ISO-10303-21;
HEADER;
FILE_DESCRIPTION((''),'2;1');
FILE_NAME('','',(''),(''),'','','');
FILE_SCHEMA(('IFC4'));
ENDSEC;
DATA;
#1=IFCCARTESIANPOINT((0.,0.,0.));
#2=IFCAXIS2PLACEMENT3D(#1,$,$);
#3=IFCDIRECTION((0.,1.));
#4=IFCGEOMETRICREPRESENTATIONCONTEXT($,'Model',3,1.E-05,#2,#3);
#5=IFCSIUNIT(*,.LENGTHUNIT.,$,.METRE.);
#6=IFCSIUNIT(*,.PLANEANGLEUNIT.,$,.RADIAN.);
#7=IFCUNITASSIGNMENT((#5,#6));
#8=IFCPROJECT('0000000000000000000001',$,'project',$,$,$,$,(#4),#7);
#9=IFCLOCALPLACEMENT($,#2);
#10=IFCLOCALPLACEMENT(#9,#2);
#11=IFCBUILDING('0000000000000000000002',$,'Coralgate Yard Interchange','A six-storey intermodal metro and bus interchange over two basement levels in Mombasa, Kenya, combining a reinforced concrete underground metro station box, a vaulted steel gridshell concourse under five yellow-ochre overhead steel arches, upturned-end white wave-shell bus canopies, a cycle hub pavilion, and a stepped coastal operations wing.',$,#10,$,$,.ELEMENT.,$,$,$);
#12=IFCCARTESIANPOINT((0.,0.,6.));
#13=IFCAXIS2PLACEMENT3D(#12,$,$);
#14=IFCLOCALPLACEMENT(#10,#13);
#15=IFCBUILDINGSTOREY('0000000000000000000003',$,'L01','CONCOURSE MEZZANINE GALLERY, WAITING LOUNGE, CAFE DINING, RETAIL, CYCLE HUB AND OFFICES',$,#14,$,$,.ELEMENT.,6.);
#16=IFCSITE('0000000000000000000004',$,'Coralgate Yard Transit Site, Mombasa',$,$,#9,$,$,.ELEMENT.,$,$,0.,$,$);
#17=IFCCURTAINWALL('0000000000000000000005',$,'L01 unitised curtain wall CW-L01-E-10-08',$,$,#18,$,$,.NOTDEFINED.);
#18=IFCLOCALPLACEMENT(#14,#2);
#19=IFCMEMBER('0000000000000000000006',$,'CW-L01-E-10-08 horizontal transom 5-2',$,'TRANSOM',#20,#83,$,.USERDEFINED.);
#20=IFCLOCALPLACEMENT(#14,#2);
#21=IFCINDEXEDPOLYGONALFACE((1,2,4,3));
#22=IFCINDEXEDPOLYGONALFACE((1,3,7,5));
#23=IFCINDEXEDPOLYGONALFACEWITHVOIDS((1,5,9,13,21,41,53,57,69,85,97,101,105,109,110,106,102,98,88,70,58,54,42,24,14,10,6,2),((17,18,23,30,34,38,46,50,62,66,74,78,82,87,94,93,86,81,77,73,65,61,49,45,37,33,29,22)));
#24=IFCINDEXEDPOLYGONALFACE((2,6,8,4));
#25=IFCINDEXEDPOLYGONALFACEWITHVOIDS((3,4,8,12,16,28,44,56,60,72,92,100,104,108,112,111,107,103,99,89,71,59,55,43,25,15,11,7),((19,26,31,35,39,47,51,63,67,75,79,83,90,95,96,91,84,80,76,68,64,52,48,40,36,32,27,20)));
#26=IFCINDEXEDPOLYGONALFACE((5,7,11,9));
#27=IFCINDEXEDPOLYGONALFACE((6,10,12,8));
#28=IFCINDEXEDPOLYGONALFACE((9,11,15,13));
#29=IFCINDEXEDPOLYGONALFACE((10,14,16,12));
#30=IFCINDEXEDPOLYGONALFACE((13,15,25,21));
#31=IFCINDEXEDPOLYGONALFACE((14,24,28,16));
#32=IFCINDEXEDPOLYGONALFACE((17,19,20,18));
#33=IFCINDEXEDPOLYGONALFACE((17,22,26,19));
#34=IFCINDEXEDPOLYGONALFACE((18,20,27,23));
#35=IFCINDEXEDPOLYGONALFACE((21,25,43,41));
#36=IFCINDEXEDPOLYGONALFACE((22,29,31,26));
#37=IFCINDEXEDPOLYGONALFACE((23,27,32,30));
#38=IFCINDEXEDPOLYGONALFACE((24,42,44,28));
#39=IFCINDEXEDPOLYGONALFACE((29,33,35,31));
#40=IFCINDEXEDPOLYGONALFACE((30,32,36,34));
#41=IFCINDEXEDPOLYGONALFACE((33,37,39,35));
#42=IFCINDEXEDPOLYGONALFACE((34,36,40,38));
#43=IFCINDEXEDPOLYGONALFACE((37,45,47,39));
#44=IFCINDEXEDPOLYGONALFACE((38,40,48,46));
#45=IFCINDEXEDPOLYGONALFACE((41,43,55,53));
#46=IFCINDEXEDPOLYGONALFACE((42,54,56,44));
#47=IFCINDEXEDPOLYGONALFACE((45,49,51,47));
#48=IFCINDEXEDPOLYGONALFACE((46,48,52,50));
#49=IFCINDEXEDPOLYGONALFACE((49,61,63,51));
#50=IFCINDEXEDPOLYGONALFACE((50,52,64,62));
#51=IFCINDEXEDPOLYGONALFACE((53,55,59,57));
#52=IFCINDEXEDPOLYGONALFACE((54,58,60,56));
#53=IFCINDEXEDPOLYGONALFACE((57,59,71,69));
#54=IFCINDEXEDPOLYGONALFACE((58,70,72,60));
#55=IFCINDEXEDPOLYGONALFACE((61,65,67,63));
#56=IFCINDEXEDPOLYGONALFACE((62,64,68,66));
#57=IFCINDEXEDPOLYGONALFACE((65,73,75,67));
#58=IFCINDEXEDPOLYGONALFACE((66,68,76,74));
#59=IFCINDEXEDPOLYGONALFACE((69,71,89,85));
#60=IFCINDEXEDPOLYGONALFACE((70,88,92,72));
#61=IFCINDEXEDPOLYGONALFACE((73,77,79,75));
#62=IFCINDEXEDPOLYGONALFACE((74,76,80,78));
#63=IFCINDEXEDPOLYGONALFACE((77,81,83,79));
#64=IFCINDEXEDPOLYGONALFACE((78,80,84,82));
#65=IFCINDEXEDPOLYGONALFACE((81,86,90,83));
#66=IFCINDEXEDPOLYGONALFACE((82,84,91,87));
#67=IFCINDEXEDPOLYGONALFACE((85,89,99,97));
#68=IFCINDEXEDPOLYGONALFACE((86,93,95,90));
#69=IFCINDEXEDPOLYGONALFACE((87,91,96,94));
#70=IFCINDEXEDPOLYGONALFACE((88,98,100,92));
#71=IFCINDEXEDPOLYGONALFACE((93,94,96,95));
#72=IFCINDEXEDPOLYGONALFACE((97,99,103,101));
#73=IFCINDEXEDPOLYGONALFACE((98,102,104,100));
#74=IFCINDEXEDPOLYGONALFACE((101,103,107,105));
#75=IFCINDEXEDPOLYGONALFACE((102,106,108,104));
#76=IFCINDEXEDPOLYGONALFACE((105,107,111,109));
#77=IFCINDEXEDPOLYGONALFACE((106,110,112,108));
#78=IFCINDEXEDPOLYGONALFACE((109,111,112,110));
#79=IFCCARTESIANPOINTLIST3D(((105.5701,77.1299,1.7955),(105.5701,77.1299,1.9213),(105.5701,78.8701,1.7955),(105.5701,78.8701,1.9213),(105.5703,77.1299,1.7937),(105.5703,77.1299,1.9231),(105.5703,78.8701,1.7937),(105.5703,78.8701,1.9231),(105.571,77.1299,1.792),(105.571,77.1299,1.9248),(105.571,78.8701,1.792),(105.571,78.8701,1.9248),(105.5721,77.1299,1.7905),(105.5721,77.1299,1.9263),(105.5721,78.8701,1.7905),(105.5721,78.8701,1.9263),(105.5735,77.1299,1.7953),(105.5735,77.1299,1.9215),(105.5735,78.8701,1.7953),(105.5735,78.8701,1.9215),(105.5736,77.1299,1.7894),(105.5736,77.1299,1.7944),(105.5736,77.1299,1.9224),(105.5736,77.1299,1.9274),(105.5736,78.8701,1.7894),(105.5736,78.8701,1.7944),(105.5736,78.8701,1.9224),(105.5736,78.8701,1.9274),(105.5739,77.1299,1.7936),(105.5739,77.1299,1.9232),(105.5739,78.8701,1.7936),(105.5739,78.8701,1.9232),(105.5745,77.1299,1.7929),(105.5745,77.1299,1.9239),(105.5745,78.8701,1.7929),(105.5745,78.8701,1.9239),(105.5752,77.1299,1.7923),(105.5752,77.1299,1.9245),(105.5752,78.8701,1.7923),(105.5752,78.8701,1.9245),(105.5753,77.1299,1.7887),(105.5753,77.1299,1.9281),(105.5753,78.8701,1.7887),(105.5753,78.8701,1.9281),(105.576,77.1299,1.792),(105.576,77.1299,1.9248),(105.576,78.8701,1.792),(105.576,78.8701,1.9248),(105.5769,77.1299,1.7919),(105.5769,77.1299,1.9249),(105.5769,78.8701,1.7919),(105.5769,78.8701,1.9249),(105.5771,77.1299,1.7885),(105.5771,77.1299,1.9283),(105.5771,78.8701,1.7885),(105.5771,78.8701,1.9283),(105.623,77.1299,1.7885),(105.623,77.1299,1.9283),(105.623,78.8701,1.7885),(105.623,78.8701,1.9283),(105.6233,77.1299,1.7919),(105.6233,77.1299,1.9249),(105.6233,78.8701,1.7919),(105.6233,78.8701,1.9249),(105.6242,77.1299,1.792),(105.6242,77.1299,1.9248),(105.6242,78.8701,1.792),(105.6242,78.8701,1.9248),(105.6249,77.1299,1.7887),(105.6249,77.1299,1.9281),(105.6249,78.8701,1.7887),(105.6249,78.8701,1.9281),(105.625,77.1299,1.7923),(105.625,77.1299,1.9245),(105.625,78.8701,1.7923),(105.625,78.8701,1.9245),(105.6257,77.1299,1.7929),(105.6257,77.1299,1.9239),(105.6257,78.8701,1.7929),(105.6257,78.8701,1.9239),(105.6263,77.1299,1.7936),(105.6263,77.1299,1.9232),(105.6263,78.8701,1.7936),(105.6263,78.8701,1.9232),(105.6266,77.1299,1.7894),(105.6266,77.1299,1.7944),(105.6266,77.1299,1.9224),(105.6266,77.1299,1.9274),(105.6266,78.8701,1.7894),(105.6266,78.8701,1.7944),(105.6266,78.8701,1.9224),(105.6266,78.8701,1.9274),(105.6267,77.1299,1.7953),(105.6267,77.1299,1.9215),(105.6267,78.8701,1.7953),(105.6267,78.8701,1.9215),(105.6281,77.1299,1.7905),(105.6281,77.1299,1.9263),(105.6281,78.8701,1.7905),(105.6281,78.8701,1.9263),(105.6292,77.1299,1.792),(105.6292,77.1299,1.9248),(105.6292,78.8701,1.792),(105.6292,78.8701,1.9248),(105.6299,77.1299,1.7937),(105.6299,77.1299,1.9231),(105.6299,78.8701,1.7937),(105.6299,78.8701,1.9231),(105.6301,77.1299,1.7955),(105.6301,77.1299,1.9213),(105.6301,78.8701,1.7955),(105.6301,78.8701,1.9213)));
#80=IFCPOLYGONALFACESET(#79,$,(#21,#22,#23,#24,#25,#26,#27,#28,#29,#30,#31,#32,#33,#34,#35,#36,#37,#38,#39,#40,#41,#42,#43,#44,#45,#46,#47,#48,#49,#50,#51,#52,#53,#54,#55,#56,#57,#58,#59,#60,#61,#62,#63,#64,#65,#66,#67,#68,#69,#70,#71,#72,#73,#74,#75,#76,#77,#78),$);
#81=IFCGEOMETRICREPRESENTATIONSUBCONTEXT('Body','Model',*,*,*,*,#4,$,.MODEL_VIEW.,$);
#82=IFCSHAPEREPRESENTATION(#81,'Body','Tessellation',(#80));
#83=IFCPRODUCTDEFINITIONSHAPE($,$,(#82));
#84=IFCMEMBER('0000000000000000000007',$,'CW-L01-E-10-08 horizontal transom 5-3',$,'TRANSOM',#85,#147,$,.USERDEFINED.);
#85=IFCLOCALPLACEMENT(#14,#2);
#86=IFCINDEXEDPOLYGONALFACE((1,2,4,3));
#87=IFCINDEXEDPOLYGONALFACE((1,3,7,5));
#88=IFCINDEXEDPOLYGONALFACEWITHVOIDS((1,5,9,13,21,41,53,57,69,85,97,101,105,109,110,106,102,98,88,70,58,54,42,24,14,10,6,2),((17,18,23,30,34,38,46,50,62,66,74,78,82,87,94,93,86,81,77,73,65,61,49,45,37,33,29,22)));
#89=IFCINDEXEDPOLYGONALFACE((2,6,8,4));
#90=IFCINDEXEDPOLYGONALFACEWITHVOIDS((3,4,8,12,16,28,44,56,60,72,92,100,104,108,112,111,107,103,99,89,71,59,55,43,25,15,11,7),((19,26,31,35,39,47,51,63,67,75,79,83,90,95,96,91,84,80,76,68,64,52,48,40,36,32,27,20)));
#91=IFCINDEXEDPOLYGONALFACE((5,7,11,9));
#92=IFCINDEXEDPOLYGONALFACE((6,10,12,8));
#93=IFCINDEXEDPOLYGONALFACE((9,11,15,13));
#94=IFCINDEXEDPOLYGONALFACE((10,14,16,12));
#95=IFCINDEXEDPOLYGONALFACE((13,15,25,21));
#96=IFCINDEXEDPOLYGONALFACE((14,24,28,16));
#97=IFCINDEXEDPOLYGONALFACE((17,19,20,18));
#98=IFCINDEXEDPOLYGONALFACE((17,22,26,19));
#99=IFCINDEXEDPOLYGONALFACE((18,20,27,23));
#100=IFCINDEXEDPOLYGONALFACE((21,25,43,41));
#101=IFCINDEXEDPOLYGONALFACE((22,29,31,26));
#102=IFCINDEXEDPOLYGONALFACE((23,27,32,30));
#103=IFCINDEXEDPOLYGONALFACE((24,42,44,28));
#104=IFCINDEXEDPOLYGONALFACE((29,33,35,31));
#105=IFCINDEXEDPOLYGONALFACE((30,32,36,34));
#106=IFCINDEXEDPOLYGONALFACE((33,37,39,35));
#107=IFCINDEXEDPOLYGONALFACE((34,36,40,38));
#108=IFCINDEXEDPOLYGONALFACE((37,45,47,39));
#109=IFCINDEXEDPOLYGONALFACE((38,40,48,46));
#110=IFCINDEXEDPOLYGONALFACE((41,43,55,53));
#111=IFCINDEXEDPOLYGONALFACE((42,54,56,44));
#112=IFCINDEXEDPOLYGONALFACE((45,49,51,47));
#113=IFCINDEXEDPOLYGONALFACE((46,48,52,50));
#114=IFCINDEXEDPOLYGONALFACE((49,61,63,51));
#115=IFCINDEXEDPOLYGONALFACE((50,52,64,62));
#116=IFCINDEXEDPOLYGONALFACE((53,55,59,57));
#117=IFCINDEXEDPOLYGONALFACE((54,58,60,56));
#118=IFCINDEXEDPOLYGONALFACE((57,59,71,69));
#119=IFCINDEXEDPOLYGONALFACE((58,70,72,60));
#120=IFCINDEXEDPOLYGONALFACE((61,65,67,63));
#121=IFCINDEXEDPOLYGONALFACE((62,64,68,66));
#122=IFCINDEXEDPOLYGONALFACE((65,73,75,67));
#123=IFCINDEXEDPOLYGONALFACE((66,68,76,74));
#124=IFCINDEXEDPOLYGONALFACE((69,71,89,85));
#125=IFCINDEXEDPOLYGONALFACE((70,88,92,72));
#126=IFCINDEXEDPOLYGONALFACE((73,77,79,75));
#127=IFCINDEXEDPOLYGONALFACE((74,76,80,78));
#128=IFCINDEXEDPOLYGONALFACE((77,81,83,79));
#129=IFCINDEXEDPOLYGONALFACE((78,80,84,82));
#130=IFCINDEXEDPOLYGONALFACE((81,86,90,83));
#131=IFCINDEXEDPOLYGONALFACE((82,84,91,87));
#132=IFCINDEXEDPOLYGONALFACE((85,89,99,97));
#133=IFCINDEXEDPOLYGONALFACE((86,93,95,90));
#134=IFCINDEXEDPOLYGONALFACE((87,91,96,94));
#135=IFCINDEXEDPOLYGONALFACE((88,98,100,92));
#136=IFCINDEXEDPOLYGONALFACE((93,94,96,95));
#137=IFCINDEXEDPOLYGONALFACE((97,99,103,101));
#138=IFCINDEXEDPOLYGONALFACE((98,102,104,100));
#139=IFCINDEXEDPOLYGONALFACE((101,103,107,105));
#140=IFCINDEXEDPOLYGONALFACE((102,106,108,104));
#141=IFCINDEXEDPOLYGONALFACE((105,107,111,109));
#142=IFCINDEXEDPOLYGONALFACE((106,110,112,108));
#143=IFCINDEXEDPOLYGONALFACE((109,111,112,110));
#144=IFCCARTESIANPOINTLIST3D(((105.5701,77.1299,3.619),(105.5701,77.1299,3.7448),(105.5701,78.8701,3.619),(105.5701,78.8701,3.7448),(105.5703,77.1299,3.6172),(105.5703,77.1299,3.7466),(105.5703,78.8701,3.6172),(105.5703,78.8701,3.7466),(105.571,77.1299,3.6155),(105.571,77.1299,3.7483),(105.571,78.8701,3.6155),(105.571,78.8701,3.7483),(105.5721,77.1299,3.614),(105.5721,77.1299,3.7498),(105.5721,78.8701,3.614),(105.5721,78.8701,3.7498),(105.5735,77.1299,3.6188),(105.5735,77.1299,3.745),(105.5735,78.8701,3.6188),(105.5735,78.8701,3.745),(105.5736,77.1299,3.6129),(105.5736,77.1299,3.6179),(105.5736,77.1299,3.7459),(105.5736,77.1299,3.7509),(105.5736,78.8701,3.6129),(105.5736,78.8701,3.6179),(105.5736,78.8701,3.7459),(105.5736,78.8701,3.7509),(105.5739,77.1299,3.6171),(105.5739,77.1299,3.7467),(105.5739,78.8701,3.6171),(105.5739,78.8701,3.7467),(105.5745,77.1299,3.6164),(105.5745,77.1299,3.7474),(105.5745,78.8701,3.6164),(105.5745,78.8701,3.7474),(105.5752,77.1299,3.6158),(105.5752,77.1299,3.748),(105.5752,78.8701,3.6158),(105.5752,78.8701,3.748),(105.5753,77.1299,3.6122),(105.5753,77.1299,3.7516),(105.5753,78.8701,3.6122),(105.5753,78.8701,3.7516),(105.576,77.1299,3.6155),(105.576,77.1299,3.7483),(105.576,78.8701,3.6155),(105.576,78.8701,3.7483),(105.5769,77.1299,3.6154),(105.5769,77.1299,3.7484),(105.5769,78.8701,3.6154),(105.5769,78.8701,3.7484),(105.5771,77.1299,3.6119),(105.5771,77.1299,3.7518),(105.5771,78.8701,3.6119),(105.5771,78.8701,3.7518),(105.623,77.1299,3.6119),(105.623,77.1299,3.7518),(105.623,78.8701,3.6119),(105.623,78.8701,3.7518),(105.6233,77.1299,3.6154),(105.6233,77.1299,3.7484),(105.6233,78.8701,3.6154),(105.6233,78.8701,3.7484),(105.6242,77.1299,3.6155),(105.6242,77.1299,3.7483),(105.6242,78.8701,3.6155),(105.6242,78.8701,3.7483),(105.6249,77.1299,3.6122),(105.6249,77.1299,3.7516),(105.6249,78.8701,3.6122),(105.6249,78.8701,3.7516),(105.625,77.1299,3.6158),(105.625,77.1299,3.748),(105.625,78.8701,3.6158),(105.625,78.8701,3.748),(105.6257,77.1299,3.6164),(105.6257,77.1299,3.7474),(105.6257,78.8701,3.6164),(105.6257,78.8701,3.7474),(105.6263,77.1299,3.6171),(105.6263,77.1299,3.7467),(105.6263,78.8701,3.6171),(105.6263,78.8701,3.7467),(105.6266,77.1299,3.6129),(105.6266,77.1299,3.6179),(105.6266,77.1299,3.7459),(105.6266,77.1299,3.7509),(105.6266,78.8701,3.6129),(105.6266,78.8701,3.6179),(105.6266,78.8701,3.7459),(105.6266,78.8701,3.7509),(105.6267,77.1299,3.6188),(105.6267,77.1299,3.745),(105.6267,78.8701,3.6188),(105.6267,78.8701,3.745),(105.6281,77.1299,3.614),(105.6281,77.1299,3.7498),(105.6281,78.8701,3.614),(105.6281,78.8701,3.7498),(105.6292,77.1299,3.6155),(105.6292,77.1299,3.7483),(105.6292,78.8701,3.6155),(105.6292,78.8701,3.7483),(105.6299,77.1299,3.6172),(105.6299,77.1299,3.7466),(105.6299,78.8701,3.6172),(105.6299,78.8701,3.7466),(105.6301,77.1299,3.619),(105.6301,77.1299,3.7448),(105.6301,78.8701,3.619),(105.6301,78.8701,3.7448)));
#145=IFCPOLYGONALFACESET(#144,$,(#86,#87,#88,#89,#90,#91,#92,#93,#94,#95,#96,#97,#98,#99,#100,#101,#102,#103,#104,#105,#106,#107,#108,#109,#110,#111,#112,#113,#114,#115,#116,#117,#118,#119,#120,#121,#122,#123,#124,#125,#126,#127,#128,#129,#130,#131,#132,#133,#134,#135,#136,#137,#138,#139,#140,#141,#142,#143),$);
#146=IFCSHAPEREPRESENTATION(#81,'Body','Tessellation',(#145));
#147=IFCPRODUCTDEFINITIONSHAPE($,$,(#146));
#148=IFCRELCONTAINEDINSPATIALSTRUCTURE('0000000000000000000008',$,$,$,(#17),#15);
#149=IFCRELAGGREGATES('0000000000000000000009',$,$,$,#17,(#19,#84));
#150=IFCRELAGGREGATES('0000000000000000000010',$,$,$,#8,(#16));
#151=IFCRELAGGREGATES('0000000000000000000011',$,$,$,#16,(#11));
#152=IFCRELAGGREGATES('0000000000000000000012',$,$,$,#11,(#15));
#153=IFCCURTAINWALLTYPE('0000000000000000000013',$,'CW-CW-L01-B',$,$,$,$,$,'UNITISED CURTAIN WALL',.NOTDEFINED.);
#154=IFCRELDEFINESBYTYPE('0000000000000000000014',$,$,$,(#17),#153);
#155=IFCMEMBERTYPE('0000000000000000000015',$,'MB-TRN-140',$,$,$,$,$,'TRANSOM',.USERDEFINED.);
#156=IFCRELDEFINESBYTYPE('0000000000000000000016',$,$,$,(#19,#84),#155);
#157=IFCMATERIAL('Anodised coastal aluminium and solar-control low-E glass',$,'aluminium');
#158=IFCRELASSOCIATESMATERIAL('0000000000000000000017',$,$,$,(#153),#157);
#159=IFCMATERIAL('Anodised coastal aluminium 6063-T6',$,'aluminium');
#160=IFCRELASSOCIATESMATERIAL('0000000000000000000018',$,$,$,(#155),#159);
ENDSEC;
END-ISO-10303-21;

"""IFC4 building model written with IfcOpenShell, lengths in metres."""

from ifc_helpers import new_model, si_unit, direction, frame, origin, origin_2d, place, context, subcontext, project, spatial, hollow_rectangle, extrude, material, material_profile, profile_set, type_object, element, aggregate, save


model = new_model("IFC4")

# Units and contexts
model_context = context("Model", 3, precision=1e-05, world=origin(), true_north=direction((0.0, 1.0)))
body_context = subcontext(model_context, "Body", "Model", "MODEL_VIEW")
ifc_project = project(units=[si_unit("LENGTHUNIT", "METRE"), si_unit("PLANEANGLEUNIT", "RADIAN")], contexts=[model_context])

# Site, building, storey
site_placement = place(None, origin())
site = spatial("IfcSite", under=ifc_project, at=site_placement, Name="Coralgate Yard Transit Site, Mombasa", CompositionType="ELEMENT", RefElevation=0.0)
building_placement = place(site_placement, origin())
building = spatial("IfcBuilding", under=site, at=building_placement, Name="Coralgate Yard Interchange", Description="A six-storey intermodal metro and bus interchange over two basement levels in Mombasa, Kenya, combining a reinforced concrete underground metro station box, a vaulted steel gridshell concourse under five yellow-ochre overhead steel arches, upturned-end white wave-shell bus canopies, a cycle hub pavilion, and a stepped coastal operations wing.", CompositionType="ELEMENT")
storey_placement = place(building_placement, frame((0.0, 0.0, 6.0)))
storey = spatial("IfcBuildingStorey", under=building, at=storey_placement, Name="L01", Description="CONCOURSE MEZZANINE GALLERY, WAITING LOUNGE, CAFE DINING, RETAIL, CYCLE HUB AND OFFICES", CompositionType="ELEMENT", Elevation=6.0)

# Curtain wall
ifc_material_1 = material(Name="Anodised coastal aluminium and solar-control low-E glass", Category="aluminium")
curtain_wall_type = type_object("IfcCurtainWallType", Name="CW-CW-L01-B", ElementType="UNITISED CURTAIN WALL", PredefinedType="NOTDEFINED", material=ifc_material_1)
curtain_wall_1_placement = place(storey_placement, origin())
curtain_wall_1 = element("IfcCurtainWall", 1, at=curtain_wall_1_placement, inside=storey, type_object=curtain_wall_type, Name="L01 unitised curtain wall CW-L01-E-10-08", PredefinedType="NOTDEFINED")
ifc_material_2 = material(Name="Anodised coastal aluminium 6063-T6", Category="aluminium")

# Members
ifc_material_profile_1 = material_profile(ifc_material_2, hollow_rectangle(XDim=0.0601, YDim=0.1399, WallThickness=0.0034, InnerFilletRadius=0.0034, OuterFilletRadius=0.0071, at=origin_2d()), Name="ALU 60x140x3.5")
ifc_profile_set_1 = profile_set([ifc_material_profile_1], Name="Anodised coastal aluminium 6063-T6")
member_type_1 = type_object("IfcMemberType", Name="MB-TRN-140", ElementType="TRANSOM", PredefinedType="USERDEFINED", material=ifc_profile_set_1)
member_1_placement = place(storey_placement, frame((105.6001, 78.8701, 1.8584), z_axis=(0.0, -1.0, 0.0), x_axis=(1.0, 0.0, 0.0)))
member_1 = element("IfcMember", 2, at=member_1_placement, type_object=member_type_1, Name="CW-L01-E-10-08 horizontal transom 5-2", ObjectType="TRANSOM", PredefinedType="USERDEFINED", context=body_context, shape_type="SweptSolid", body=[
    extrude(hollow_rectangle(XDim=0.0601, YDim=0.1399, WallThickness=0.0034, InnerFilletRadius=0.0034, OuterFilletRadius=0.0071, at=origin_2d()), origin(), (0.0, 0.0, 1.0), 1.7402),
])
member_2_placement = place(storey_placement, frame((105.6001, 78.8701, 3.6819), z_axis=(0.0, -1.0, 0.0), x_axis=(1.0, 0.0, 0.0)))
member_2 = element("IfcMember", 3, at=member_2_placement, type_object=member_type_1, Name="CW-L01-E-10-08 horizontal transom 5-3", ObjectType="TRANSOM", PredefinedType="USERDEFINED", context=body_context, shape_type="SweptSolid", body=[
    extrude(hollow_rectangle(XDim=0.0601, YDim=0.1399, WallThickness=0.0034, InnerFilletRadius=0.0034, OuterFilletRadius=0.0071, at=origin_2d()), origin(), (0.0, 0.0, 1.0), 1.7402),
])

aggregate(curtain_wall_1, [member_1, member_2])

save(model, "model.ifc")
